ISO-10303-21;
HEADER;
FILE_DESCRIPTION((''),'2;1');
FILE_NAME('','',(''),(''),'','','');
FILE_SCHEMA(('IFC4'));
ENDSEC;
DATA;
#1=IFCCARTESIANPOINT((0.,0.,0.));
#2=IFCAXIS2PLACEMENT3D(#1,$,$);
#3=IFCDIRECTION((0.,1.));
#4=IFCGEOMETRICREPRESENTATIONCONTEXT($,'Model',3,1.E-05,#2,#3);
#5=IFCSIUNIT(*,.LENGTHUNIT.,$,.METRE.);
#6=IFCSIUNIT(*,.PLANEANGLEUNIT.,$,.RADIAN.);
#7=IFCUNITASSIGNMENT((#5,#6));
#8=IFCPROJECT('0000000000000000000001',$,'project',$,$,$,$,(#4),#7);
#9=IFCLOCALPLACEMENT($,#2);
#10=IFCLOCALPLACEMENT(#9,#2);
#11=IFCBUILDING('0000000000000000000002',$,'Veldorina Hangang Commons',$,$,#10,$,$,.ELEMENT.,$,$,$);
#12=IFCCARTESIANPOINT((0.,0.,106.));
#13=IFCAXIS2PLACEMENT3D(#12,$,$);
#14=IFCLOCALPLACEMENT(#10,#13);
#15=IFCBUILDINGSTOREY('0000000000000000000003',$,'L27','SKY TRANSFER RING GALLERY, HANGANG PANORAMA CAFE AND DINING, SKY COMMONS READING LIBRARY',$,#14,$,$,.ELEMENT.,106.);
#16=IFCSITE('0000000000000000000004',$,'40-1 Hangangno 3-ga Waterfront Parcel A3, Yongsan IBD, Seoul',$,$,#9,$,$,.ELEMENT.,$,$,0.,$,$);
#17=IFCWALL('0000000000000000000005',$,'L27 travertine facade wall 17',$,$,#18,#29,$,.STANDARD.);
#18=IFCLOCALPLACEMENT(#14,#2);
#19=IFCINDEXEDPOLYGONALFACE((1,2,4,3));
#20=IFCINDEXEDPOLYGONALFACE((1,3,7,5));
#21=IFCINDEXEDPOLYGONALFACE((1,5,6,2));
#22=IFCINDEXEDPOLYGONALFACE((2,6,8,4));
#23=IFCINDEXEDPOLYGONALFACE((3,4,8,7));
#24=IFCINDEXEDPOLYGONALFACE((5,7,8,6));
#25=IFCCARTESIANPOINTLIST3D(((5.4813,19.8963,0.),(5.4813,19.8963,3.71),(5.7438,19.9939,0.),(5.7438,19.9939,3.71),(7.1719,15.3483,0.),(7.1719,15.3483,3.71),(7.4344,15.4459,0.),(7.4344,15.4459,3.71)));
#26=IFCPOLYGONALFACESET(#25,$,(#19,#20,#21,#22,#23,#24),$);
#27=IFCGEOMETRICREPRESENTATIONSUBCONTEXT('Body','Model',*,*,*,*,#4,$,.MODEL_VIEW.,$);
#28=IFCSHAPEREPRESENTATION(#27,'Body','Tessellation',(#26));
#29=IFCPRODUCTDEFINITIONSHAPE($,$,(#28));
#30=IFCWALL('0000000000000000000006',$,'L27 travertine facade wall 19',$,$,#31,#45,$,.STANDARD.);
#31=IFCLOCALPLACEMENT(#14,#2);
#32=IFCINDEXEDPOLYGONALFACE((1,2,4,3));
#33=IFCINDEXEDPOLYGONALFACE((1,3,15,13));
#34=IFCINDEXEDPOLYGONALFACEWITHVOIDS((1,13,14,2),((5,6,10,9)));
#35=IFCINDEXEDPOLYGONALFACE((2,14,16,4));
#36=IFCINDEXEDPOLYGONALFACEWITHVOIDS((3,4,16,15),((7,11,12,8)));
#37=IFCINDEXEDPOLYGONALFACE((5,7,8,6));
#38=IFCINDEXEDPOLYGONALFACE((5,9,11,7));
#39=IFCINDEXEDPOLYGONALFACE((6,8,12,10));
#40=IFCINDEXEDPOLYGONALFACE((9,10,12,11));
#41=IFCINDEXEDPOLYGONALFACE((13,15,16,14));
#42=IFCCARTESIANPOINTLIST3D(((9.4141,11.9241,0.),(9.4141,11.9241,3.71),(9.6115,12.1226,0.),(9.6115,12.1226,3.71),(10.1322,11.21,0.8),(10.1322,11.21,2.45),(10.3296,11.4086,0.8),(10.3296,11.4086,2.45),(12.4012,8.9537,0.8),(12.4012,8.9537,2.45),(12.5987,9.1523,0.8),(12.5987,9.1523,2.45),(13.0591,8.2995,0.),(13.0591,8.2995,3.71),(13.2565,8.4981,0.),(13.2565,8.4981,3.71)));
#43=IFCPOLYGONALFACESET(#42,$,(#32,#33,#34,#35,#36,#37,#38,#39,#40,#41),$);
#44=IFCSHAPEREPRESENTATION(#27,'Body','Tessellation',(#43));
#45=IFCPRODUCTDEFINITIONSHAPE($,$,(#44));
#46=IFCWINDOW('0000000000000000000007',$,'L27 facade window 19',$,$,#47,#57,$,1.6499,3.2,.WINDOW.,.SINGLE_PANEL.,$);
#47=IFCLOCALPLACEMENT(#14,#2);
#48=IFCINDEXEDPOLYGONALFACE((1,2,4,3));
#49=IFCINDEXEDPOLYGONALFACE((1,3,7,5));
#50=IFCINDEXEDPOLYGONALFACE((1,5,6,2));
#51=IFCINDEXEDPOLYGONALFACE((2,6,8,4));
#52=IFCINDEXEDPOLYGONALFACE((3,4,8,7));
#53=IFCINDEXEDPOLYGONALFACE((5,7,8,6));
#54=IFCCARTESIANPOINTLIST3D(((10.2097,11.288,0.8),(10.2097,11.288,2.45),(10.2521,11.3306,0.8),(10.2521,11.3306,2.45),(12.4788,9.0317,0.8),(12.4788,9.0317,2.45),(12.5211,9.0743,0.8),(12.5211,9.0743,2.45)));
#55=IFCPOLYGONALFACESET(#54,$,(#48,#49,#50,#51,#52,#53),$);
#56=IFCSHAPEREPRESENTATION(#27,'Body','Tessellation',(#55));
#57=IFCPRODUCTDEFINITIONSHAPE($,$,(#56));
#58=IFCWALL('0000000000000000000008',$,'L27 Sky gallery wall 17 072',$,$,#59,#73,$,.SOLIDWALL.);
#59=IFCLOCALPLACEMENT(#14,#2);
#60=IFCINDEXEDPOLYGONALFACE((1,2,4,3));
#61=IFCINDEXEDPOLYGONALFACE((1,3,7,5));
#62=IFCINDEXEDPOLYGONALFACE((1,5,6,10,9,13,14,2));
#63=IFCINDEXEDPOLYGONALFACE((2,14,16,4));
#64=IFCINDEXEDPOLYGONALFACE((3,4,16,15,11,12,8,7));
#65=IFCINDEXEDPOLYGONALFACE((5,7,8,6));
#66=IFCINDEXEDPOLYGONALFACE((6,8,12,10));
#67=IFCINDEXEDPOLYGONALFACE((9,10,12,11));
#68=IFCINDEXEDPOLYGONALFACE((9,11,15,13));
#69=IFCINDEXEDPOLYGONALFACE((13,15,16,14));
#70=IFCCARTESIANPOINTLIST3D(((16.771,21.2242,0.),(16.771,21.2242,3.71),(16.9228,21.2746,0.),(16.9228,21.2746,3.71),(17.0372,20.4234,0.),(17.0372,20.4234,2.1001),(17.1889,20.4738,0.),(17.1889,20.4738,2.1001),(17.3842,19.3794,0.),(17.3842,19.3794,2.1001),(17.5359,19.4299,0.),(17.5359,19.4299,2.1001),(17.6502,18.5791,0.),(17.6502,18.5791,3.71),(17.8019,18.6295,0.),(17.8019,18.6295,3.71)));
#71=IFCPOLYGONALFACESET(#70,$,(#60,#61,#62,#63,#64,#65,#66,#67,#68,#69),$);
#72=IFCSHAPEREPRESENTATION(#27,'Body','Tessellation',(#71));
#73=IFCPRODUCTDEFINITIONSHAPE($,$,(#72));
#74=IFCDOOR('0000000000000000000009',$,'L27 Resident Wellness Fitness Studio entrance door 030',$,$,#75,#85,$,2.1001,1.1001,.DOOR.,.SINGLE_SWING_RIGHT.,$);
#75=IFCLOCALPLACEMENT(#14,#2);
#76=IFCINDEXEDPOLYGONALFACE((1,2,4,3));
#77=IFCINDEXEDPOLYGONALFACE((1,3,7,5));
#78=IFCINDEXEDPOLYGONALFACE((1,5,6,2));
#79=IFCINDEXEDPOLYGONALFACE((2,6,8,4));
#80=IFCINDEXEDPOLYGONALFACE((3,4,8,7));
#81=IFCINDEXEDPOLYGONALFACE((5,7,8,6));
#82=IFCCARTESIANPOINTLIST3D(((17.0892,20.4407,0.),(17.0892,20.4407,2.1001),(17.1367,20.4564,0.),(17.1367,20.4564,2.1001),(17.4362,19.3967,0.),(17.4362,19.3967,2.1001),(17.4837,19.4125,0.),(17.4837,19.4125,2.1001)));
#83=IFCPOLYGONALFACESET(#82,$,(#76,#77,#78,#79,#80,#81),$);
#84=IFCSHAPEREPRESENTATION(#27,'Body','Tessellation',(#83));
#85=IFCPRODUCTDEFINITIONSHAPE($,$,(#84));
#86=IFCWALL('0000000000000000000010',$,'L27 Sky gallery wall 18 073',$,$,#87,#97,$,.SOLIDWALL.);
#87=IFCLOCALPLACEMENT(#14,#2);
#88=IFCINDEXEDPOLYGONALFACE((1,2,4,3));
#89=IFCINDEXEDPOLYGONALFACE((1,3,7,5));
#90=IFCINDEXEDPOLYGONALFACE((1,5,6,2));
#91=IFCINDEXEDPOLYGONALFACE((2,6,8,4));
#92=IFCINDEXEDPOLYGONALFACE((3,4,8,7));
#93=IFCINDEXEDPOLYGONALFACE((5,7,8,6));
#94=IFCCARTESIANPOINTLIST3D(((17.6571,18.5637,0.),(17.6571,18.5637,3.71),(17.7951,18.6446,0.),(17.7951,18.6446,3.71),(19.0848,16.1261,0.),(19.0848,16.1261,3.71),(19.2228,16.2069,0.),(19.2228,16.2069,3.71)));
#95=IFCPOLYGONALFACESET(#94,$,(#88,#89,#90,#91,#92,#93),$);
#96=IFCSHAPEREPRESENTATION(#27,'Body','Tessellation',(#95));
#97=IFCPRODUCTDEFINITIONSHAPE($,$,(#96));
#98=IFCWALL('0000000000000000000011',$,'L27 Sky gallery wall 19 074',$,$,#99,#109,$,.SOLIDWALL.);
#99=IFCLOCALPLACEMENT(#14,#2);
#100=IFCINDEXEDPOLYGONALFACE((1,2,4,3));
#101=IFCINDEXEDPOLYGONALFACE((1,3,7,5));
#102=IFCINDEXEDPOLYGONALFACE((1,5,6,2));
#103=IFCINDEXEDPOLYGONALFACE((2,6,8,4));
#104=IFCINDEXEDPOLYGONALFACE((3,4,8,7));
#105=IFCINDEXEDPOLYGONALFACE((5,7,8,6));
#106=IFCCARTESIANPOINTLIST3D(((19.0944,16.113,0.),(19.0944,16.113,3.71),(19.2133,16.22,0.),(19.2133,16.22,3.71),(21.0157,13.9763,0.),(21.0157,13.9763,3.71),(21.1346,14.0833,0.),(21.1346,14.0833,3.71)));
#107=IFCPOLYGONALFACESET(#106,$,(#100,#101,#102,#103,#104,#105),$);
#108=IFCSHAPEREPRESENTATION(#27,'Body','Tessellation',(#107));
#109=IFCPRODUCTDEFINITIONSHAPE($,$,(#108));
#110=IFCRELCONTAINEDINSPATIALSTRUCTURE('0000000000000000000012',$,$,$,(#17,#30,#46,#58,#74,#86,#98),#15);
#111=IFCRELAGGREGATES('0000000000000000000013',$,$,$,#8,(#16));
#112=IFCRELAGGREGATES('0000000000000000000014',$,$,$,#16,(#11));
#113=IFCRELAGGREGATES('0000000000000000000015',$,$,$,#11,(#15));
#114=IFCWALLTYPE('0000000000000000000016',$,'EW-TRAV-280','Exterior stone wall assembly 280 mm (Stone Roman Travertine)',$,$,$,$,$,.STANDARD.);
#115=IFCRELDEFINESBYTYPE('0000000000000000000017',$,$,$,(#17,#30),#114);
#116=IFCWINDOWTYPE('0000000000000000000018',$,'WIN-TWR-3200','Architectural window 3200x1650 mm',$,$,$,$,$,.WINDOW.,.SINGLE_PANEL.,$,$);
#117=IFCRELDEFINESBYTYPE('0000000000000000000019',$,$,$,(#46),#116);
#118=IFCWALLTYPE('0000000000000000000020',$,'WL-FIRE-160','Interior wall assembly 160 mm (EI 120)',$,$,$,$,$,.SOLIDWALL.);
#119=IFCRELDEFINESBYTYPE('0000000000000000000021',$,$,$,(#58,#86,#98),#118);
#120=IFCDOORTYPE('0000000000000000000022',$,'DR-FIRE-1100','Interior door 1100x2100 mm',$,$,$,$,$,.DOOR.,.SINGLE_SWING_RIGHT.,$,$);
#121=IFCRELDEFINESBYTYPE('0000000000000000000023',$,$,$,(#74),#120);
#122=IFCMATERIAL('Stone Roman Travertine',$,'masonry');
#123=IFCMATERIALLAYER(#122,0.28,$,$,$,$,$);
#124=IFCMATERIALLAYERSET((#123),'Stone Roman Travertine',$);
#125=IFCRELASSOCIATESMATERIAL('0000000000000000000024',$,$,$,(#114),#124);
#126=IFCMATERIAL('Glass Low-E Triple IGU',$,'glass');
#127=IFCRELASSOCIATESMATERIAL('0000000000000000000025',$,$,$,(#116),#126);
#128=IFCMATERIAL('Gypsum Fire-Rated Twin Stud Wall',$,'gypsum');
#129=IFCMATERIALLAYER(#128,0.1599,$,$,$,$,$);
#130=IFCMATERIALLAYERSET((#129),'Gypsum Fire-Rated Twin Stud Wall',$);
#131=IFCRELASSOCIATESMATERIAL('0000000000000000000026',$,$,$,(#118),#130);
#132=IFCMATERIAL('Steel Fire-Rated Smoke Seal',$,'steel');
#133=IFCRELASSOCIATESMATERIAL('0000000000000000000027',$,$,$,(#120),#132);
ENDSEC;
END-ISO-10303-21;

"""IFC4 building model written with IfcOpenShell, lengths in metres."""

from ifc_helpers import new_model, si_unit, direction, frame, frame_2d, origin, place, context, subcontext, project, spatial, rectangle, extrude, material, layer, layer_set, type_object, element, fill, save


model = new_model("IFC4")

# Units and contexts
model_context = context("Model", 3, precision=1e-05, world=origin(), true_north=direction((0.0, 1.0)))
body_context = subcontext(model_context, "Body", "Model", "MODEL_VIEW")
ifc_project = project(units=[si_unit("LENGTHUNIT", "METRE"), si_unit("PLANEANGLEUNIT", "RADIAN")], contexts=[model_context])

# Site, building, storey
site_placement = place(None, origin())
site = spatial("IfcSite", under=ifc_project, at=site_placement, Name="40-1 Hangangno 3-ga Waterfront Parcel A3, Yongsan IBD, Seoul", CompositionType="ELEMENT", RefElevation=0.0)
building_placement = place(site_placement, origin())
building = spatial("IfcBuilding", under=site, at=building_placement, Name="Veldorina Hangang Commons", CompositionType="ELEMENT")
storey_placement = place(building_placement, frame((0.0, 0.0, 106.0)))
storey = spatial("IfcBuildingStorey", under=building, at=storey_placement, Name="L27", Description="SKY TRANSFER RING GALLERY, HANGANG PANORAMA CAFE AND DINING, SKY COMMONS READING LIBRARY", CompositionType="ELEMENT", Elevation=106.0)

# Shared definitions
ifc_material_1 = material(Name="Glass Low-E Triple IGU", Category="glass")

# Wall
ifc_material_2 = material(Name="Stone Roman Travertine", Category="masonry")
ifc_layer_1 = layer(ifc_material_2, 0.28)
ifc_layer_set_1 = layer_set([ifc_layer_1], Name="Stone Roman Travertine")
wall_type_1 = type_object("IfcWallType", Name="EW-TRAV-280", Description="Exterior stone wall assembly 280 mm (Stone Roman Travertine)", PredefinedType="STANDARD", material=ifc_layer_set_1)
wall_1_placement = place(storey_placement, frame((5.6125, 19.9451, 0.0), z_axis=(0.0, 0.0, 1.0), x_axis=(0.348437, -0.937332, 0.0)))
element("IfcWall", 1, at=wall_1_placement, inside=storey, type_object=wall_type_1, Name="L27 travertine facade wall 17", PredefinedType="STANDARD", context=body_context, shape_type="SweptSolid", body=[
    extrude(rectangle(XDim=4.8521, YDim=0.28, at=frame_2d((2.426, 0.0))), origin(), (0.0, 0.0, 1.0), 3.71),
])

# Wall, opening, window
wall_2_placement = place(storey_placement, frame((9.5127, 12.0234, 0.0), z_axis=(0.0, 0.0, 1.0), x_axis=(0.709099, -0.705109, 0.0)))
wall_2 = element("IfcWall", 2, at=wall_2_placement, inside=storey, type_object=wall_type_1, Name="L27 travertine facade wall 19", PredefinedType="STANDARD", context=body_context, shape_type="SweptSolid", body=[
    extrude(rectangle(XDim=5.1404, YDim=0.28, at=frame_2d((2.5703, 0.0))), origin(), (0.0, 0.0, 1.0), 3.71),
])
opening_1_placement = place(wall_2_placement, frame((1.0127, 0.0, 0.8)))
opening_1 = element("IfcOpeningElement", 3, at=opening_1_placement, cuts=wall_2, PredefinedType="OPENING", context=body_context, shape_type="SweptSolid", body=[
    extrude(rectangle(XDim=3.2, YDim=1.6499, at=frame_2d((1.6001, 0.825))), frame((0.0, 0.1499, 0.0), z_axis=(0.0, -1.0, 0.0), x_axis=(1.0, 0.0, 0.0)), (0.0, 0.0, 1.0), 0.3),
])
window_type = type_object("IfcWindowType", Name="WIN-TWR-3200", Description="Architectural window 3200x1650 mm", PartitioningType="SINGLE_PANEL", PredefinedType="WINDOW", material=ifc_material_1)
window_placement = place(opening_1_placement, origin())
window = element("IfcWindow", 4, at=window_placement, inside=storey, type_object=window_type, Name="L27 facade window 19", OverallHeight=1.6499, OverallWidth=3.2, PartitioningType="SINGLE_PANEL", PredefinedType="WINDOW", context=body_context, shape_type="SweptSolid", body=[
    extrude(rectangle(XDim=3.2, YDim=1.6499, at=frame_2d((1.6001, 0.825))), frame((0.0, 0.03, 0.0), z_axis=(0.0, -1.0, 0.0), x_axis=(1.0, 0.0, 0.0)), (0.0, 0.0, 1.0), 0.0601),
])
fill(opening_1, window)

# Wall, opening, door
ifc_material_3 = material(Name="Gypsum Fire-Rated Twin Stud Wall", Category="gypsum")
ifc_layer_2 = layer(ifc_material_3, 0.1599)
ifc_layer_set_2 = layer_set([ifc_layer_2], Name="Gypsum Fire-Rated Twin Stud Wall")
wall_type_2 = type_object("IfcWallType", Name="WL-FIRE-160", Description="Interior wall assembly 160 mm (EI 120)", PredefinedType="SOLIDWALL", material=ifc_layer_set_2)
wall_3_placement = place(storey_placement, frame((16.8469, 21.2493, 0.0), z_axis=(0.0, 0.0, 1.0), x_axis=(0.315413, -0.948954, 0.0)))
wall_3 = element("IfcWall", 5, at=wall_3_placement, inside=storey, type_object=wall_type_2, Name="L27 Sky gallery wall 17 072", PredefinedType="SOLIDWALL", context=body_context, shape_type="SweptSolid", body=[
    extrude(rectangle(XDim=2.7874, YDim=0.1599, at=frame_2d((1.3936, 0.0))), origin(), (0.0, 0.0, 1.0), 3.71),
])
opening_2_placement = place(wall_3_placement, frame((0.8438, 0.0, 0.0)))
opening_2 = element("IfcOpeningElement", 6, at=opening_2_placement, cuts=wall_3, PredefinedType="OPENING", context=body_context, shape_type="SweptSolid", body=[
    extrude(rectangle(XDim=1.1001, YDim=2.1001, at=frame_2d((0.55, 1.05))), frame((0.0, 0.0898, 0.0), z_axis=(0.0, -1.0, 0.0), x_axis=(1.0, 0.0, 0.0)), (0.0, 0.0, 1.0), 0.1799),
])
ifc_material_4 = material(Name="Steel Fire-Rated Smoke Seal", Category="steel")
door_type = type_object("IfcDoorType", Name="DR-FIRE-1100", Description="Interior door 1100x2100 mm", OperationType="SINGLE_SWING_RIGHT", PredefinedType="DOOR", material=ifc_material_4)
door_placement = place(opening_2_placement, origin())
door = element("IfcDoor", 7, at=door_placement, inside=storey, type_object=door_type, Name="L27 Resident Wellness Fitness Studio entrance door 030", OperationType="SINGLE_SWING_RIGHT", OverallHeight=2.1001, OverallWidth=1.1001, PredefinedType="DOOR", context=body_context, shape_type="SweptSolid", body=[
    extrude(rectangle(XDim=1.1001, YDim=2.1001, at=frame_2d((0.55, 1.05))), frame((0.0, 0.0249, 0.0), z_axis=(0.0, -1.0, 0.0), x_axis=(1.0, 0.0, 0.0)), (0.0, 0.0, 1.0), 0.05),
])
fill(opening_2, door)

# Walls
wall_4_placement = place(storey_placement, frame((17.7261, 18.6042, 0.0), z_axis=(0.0, 0.0, 1.0), x_axis=(0.50538, -0.862897, 0.0)))
element("IfcWall", 8, at=wall_4_placement, inside=storey, type_object=wall_type_2, Name="L27 Sky gallery wall 18 073", PredefinedType="SOLIDWALL", context=body_context, shape_type="SweptSolid", body=[
    extrude(rectangle(XDim=2.825, YDim=0.1599, at=frame_2d((1.4126, 0.0))), origin(), (0.0, 0.0, 1.0), 3.71),
])
wall_5_placement = place(storey_placement, frame((19.1538, 16.1665, 0.0), z_axis=(0.0, 0.0, 1.0), x_axis=(0.668645, -0.743581, 0.0)))
element("IfcWall", 9, at=wall_5_placement, inside=storey, type_object=wall_type_2, Name="L27 Sky gallery wall 19 074", PredefinedType="SOLIDWALL", context=body_context, shape_type="SweptSolid", body=[
    extrude(rectangle(XDim=2.8735, YDim=0.1599, at=frame_2d((1.4368, 0.0))), origin(), (0.0, 0.0, 1.0), 3.71),
])

save(model, "model.ifc")
